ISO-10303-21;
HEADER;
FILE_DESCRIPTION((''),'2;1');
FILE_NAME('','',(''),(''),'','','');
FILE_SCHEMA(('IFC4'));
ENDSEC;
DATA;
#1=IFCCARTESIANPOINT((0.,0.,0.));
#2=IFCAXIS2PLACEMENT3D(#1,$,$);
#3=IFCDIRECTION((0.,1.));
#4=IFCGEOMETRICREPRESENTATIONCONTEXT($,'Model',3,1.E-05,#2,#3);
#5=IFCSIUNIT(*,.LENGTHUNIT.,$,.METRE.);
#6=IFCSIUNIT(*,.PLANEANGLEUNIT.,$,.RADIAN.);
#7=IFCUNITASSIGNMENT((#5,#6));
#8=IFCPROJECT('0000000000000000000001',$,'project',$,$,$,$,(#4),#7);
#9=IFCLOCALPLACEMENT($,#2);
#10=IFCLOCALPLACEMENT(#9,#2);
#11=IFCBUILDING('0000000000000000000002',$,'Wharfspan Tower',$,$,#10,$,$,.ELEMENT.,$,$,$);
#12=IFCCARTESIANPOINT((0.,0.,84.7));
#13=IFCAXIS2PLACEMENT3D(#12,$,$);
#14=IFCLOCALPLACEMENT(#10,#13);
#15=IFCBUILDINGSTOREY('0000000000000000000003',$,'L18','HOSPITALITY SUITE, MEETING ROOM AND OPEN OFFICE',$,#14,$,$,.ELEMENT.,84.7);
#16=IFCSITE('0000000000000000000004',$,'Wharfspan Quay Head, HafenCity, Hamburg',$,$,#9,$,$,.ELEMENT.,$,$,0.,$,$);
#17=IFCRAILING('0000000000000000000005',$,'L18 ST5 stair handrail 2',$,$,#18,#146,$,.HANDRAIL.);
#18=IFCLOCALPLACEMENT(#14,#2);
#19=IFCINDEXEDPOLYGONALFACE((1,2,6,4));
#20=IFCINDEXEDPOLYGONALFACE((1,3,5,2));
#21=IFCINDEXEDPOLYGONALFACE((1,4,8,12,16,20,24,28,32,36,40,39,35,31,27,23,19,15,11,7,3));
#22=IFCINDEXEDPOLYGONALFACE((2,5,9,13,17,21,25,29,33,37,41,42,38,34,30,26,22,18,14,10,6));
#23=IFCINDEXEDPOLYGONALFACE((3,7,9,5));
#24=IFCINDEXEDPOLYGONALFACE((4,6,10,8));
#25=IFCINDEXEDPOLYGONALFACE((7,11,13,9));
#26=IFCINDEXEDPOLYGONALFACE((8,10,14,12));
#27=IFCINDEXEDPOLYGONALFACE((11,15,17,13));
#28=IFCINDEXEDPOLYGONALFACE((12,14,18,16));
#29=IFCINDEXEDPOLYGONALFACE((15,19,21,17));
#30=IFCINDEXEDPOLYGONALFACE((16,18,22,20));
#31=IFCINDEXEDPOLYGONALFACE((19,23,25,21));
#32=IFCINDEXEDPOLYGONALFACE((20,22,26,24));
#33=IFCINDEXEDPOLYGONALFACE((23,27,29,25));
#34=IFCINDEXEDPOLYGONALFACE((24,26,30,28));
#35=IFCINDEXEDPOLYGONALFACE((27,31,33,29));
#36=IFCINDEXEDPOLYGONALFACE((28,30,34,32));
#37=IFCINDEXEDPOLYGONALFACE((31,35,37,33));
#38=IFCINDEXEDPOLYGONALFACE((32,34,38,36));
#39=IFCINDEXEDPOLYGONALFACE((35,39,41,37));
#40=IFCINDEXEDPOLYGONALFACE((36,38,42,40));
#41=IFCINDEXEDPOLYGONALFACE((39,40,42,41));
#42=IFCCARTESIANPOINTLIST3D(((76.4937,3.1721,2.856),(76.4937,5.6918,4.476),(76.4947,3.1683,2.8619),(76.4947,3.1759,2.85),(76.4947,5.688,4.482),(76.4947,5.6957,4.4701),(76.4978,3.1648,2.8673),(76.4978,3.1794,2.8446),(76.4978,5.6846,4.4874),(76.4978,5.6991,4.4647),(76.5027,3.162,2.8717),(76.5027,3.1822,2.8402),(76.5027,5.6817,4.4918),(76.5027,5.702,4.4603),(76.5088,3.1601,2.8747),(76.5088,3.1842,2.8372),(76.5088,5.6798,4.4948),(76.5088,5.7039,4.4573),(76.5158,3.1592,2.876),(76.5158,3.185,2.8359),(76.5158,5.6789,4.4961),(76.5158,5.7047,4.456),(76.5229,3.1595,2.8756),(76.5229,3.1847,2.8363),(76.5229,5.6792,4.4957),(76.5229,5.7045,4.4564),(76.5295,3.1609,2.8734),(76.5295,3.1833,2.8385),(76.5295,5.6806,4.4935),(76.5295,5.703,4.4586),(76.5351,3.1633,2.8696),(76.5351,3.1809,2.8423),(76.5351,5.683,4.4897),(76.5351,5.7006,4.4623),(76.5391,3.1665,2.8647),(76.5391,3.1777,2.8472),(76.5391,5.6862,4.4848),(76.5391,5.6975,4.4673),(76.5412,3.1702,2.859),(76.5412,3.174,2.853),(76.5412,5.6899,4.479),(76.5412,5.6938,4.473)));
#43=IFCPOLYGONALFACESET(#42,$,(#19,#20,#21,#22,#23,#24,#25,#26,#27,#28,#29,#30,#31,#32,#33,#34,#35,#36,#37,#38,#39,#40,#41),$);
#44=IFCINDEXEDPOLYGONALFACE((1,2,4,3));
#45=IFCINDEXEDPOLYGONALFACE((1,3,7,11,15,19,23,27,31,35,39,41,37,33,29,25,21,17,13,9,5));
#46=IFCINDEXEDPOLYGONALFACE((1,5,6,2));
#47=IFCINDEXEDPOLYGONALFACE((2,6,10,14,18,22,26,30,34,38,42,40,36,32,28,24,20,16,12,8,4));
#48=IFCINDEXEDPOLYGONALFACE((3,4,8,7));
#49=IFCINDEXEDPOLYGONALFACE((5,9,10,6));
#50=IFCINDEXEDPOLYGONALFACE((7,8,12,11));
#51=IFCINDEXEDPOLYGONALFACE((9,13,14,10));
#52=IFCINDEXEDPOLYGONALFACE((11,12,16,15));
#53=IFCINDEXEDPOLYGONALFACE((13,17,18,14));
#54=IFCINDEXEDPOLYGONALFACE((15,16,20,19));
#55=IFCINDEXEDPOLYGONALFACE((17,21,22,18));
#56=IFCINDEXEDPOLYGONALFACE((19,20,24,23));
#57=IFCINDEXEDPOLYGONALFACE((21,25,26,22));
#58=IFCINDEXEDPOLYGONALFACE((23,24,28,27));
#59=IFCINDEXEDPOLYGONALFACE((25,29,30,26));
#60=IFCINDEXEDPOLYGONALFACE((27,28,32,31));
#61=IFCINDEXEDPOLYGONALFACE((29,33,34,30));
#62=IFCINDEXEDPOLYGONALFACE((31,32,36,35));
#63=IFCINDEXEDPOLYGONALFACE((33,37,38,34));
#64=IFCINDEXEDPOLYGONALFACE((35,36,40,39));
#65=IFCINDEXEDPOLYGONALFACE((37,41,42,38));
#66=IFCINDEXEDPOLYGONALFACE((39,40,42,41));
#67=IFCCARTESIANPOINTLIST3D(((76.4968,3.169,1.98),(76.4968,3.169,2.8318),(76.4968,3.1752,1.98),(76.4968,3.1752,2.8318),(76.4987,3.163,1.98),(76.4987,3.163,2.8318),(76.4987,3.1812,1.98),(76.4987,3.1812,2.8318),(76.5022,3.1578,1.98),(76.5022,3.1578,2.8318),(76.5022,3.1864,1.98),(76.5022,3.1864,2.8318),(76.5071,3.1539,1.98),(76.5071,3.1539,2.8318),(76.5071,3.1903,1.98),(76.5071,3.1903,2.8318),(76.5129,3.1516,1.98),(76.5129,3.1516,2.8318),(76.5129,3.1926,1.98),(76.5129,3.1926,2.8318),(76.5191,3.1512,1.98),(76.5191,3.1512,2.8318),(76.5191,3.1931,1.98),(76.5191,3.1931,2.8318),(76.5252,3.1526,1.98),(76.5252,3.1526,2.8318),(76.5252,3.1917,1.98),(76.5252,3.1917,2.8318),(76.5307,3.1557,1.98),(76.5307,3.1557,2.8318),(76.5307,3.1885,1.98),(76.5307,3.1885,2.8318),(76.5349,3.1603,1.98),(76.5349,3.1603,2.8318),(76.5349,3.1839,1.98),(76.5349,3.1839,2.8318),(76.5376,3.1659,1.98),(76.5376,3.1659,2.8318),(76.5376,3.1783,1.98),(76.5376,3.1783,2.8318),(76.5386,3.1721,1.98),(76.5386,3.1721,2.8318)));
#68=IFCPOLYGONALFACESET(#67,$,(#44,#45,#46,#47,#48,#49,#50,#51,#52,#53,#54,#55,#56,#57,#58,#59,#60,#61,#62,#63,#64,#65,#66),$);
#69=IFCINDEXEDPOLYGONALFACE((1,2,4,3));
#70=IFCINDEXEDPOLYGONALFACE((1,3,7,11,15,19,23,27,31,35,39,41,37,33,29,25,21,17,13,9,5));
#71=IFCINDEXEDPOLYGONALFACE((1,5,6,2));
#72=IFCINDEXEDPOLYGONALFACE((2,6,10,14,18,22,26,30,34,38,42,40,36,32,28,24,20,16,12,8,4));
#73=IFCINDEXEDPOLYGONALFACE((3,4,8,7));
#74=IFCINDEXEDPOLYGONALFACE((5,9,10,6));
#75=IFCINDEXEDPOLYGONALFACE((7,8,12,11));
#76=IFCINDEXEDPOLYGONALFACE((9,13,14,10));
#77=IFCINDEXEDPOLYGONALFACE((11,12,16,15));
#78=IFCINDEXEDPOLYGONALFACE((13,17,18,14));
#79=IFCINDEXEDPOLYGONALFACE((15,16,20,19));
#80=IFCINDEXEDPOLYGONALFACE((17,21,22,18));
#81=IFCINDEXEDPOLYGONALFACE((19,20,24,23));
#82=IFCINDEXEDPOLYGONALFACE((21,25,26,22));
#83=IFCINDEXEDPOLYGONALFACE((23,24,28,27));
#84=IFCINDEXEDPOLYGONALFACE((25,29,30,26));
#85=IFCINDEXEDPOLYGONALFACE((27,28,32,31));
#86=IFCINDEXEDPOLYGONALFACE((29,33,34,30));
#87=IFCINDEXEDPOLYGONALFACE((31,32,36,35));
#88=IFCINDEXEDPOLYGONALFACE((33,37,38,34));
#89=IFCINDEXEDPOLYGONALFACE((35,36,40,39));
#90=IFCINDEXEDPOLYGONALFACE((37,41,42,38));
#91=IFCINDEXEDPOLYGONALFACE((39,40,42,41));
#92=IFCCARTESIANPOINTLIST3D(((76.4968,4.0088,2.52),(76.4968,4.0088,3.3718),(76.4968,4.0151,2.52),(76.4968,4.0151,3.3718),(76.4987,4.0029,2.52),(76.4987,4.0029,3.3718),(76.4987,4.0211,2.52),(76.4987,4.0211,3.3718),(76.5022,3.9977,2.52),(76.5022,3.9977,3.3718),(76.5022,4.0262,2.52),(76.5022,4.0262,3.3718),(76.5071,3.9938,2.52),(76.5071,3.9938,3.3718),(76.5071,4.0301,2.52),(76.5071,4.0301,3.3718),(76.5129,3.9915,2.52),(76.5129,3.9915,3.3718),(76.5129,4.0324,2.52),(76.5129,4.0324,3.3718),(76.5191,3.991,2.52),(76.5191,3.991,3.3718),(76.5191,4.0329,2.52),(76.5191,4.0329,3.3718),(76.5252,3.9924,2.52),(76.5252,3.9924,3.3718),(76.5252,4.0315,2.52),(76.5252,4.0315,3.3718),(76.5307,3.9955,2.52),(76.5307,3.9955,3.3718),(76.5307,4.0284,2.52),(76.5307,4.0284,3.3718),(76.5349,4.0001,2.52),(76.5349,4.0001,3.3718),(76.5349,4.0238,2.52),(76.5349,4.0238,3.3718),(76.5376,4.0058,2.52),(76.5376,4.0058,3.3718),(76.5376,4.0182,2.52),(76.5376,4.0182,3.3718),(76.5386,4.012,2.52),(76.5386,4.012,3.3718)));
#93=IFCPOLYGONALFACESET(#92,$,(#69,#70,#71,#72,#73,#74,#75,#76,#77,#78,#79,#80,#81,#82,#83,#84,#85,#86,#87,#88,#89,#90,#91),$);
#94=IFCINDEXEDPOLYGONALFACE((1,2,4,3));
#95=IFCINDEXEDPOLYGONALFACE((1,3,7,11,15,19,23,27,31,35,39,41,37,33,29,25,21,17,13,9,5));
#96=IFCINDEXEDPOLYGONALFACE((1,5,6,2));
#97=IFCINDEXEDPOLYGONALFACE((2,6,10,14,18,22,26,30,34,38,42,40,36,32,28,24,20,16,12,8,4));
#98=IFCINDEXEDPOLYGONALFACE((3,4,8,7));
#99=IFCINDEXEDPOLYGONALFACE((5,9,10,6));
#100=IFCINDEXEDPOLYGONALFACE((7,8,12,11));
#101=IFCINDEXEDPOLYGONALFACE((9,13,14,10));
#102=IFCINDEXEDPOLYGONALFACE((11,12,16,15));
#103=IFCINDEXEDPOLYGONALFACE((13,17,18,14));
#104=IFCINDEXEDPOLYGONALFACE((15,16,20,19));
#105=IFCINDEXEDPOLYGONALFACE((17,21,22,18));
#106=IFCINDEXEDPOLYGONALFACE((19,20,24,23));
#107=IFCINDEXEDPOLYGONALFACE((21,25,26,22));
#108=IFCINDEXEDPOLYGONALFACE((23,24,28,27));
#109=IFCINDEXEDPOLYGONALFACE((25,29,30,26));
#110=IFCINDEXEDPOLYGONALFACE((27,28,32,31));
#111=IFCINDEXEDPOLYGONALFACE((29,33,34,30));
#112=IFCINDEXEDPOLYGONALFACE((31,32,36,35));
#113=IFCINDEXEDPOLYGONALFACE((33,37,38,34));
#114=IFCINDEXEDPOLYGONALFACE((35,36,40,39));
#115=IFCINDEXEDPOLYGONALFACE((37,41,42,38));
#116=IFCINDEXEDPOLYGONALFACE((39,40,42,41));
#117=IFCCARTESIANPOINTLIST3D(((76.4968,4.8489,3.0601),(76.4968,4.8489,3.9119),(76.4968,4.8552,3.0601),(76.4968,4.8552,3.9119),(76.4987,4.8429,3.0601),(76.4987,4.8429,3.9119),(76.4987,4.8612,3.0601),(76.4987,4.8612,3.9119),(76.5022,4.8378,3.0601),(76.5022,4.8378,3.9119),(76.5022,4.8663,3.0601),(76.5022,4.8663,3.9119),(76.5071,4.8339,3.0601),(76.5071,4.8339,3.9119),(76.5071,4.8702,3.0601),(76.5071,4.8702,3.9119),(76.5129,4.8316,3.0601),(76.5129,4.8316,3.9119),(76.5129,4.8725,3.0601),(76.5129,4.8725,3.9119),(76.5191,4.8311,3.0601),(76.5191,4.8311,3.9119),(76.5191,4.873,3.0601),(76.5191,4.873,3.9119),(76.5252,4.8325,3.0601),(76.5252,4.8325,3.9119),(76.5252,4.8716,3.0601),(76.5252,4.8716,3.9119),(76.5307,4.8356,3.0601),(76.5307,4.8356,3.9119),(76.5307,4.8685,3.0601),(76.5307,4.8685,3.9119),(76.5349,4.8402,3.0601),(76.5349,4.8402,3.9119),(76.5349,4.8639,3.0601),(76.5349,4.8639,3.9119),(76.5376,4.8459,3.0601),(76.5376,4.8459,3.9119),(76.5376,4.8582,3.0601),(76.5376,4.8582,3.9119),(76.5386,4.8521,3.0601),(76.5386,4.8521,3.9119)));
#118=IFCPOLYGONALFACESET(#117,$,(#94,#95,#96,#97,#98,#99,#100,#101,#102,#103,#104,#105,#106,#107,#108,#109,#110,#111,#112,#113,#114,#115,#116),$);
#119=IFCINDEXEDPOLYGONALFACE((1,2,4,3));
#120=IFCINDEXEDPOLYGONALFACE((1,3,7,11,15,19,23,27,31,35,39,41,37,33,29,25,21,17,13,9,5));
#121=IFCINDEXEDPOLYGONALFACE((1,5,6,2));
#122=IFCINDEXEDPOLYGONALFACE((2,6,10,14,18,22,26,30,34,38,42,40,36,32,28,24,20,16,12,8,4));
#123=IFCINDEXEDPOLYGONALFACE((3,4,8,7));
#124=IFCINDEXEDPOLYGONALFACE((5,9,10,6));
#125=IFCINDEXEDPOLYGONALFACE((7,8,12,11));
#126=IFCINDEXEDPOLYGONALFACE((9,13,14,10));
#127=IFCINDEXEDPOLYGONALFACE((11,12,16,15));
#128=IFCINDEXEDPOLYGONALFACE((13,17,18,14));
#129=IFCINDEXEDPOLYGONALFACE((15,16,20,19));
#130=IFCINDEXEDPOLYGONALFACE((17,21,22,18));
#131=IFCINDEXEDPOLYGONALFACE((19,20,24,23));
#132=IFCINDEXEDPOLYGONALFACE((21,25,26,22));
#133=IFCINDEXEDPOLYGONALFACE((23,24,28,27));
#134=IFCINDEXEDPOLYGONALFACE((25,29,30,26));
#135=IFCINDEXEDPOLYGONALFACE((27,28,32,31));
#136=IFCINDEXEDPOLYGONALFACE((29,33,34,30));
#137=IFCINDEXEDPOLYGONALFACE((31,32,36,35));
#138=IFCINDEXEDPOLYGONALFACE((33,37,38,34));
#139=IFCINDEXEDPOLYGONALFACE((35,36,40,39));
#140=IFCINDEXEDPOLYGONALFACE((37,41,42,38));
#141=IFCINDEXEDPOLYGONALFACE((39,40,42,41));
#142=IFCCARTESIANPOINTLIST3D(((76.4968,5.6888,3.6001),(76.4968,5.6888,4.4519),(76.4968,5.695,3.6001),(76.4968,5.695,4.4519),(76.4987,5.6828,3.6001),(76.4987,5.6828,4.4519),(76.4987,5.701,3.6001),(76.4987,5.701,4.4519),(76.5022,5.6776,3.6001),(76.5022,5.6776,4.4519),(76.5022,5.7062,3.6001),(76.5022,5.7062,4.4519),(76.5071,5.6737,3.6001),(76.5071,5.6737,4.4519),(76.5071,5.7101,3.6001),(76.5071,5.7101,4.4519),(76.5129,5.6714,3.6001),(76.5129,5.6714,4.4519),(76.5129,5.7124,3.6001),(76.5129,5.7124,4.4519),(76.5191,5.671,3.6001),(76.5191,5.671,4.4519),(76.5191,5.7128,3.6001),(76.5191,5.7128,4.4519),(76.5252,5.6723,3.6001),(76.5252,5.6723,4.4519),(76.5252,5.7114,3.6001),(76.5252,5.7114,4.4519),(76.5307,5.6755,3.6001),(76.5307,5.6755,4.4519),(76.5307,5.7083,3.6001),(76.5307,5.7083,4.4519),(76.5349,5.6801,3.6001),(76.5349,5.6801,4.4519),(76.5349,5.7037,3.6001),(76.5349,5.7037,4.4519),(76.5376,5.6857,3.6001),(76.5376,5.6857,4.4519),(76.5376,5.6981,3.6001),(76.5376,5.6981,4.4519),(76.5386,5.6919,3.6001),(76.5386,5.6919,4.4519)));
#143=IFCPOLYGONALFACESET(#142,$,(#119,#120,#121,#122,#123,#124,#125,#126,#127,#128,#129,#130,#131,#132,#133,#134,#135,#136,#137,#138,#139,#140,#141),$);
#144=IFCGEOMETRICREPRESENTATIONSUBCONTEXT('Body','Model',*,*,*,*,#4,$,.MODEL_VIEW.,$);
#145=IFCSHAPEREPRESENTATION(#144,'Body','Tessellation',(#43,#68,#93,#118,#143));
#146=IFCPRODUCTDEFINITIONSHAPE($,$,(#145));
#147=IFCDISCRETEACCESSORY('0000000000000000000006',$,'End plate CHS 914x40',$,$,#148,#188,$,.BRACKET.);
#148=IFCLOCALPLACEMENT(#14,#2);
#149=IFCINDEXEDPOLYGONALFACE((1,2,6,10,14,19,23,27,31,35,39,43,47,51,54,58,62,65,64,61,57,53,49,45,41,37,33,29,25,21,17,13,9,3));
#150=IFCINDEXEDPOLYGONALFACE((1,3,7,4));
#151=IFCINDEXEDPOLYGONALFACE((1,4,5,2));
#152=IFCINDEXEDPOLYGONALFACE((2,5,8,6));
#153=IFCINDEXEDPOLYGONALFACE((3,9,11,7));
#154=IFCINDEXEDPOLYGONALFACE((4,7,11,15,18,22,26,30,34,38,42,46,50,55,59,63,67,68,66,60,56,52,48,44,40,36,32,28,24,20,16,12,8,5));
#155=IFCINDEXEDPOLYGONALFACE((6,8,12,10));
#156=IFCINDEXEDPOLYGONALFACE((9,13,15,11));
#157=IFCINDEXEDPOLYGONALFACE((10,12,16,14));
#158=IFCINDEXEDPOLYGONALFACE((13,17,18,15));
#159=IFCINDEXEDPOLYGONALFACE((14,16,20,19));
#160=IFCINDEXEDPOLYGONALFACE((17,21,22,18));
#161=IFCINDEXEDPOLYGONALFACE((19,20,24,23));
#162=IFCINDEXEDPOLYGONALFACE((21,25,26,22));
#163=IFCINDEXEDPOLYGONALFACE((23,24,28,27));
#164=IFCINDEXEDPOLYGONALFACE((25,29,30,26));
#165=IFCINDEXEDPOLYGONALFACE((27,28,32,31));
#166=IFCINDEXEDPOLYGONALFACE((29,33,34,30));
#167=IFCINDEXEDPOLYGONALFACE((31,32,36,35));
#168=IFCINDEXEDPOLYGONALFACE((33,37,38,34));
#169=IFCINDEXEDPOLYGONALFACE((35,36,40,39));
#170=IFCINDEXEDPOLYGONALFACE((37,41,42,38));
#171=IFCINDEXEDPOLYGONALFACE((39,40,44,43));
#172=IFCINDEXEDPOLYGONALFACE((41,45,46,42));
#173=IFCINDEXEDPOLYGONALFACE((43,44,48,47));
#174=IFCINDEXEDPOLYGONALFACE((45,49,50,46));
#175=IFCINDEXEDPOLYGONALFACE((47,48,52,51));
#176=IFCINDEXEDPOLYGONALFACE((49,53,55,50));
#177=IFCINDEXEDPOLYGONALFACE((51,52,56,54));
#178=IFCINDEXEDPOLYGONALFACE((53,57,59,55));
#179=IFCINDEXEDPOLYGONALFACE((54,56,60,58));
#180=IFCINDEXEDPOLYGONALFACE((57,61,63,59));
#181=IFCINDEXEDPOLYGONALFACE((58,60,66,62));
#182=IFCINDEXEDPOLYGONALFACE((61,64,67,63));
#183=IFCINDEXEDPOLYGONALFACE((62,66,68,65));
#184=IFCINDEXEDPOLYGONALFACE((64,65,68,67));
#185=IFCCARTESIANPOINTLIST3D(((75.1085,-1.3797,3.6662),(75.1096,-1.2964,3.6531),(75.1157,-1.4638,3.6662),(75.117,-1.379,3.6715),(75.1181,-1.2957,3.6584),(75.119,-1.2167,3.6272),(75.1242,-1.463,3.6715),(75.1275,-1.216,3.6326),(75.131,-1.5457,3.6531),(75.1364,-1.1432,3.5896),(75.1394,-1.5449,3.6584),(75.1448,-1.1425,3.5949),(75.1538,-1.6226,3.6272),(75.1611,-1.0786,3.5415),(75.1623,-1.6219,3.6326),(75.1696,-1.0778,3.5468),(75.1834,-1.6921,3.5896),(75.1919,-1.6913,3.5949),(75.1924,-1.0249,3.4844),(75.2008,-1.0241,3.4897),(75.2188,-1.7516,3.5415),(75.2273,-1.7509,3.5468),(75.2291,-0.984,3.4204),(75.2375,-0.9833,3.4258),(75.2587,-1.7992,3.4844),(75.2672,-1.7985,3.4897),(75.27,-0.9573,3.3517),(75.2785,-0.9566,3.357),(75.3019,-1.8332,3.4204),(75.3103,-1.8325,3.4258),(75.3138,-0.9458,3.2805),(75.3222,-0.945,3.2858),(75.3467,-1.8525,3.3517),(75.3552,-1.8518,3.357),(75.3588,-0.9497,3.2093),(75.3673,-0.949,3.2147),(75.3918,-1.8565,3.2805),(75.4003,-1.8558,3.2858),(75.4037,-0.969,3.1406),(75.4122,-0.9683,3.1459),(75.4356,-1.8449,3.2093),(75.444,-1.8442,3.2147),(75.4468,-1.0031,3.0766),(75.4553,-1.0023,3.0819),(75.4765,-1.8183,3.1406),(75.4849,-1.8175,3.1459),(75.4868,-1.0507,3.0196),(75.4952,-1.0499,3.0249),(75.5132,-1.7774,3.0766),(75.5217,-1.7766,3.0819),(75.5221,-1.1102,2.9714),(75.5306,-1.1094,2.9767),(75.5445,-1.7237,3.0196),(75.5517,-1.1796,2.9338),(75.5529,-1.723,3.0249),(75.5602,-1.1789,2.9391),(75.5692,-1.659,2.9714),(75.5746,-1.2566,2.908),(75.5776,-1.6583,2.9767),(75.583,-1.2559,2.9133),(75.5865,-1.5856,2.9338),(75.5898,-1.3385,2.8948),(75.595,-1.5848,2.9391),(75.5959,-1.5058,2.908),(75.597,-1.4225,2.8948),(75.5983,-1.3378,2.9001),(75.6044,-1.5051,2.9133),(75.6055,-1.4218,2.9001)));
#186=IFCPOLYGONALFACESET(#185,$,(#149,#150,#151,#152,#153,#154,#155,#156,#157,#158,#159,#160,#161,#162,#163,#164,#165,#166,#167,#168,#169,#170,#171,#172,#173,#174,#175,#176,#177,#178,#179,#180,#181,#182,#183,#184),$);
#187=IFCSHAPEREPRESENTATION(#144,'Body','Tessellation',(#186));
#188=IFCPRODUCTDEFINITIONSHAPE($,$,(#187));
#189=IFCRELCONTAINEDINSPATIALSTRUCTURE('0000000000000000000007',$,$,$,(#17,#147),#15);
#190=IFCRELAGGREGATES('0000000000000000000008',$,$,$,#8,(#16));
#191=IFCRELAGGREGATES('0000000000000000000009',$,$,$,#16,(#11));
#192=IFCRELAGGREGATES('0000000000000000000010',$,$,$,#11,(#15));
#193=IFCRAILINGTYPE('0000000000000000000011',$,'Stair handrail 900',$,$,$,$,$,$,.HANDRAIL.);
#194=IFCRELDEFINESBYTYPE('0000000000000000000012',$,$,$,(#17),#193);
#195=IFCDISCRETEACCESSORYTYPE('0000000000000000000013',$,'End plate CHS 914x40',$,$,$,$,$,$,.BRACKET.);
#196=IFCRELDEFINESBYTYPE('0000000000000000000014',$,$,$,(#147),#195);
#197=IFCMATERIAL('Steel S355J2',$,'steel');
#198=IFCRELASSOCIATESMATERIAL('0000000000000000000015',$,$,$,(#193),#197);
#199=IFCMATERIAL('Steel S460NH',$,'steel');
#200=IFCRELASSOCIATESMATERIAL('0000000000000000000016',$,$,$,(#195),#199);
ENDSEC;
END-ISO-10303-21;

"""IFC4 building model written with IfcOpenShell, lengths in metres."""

from ifc_helpers import new_model, si_unit, direction, frame, origin, origin_2d, place, context, subcontext, project, spatial, circle, extrude, material, material_profile, profile_set, type_object, element, save


model = new_model("IFC4")

# Units and contexts
model_context = context("Model", 3, precision=1e-05, world=origin(), true_north=direction((0.0, 1.0)))
body_context = subcontext(model_context, "Body", "Model", "MODEL_VIEW")
ifc_project = project(units=[si_unit("LENGTHUNIT", "METRE"), si_unit("PLANEANGLEUNIT", "RADIAN")], contexts=[model_context])

# Site, building, storey
site_placement = place(None, origin())
site = spatial("IfcSite", under=ifc_project, at=site_placement, Name="Wharfspan Quay Head, HafenCity, Hamburg", CompositionType="ELEMENT", RefElevation=0.0)
building_placement = place(site_placement, origin())
building = spatial("IfcBuilding", under=site, at=building_placement, Name="Wharfspan Tower", CompositionType="ELEMENT")
storey_placement = place(building_placement, frame((0.0, 0.0, 84.7)))
storey = spatial("IfcBuildingStorey", under=building, at=storey_placement, Name="L18", Description="HOSPITALITY SUITE, MEETING ROOM AND OPEN OFFICE", CompositionType="ELEMENT", Elevation=84.7)

# Shared definitions
ifc_material_1 = material(Name="Steel S355J2", Category="steel")

# Shared definitions
ifc_material_2 = material(Name="Steel S460NH", Category="steel")

# Railing
railing_type_1 = type_object("IfcRailingType", Name="Stair handrail 900", PredefinedType="HANDRAIL", material=ifc_material_1)
railing_1_placement = place(storey_placement, frame((76.5176, 3.1721, 1.98)))
element("IfcRailing", 1, at=railing_1_placement, inside=storey, type_object=railing_type_1, Name="L18 ST5 stair handrail 2", PredefinedType="HANDRAIL", context=body_context, shape_type="SweptSolid", body=[
    extrude(circle(Radius=0.0239, at=origin_2d()), frame((0.0, 0.0, 0.876), z_axis=(0.0, 0.841139, 0.540819), x_axis=(-1.0, 0.0, 0.0)), (0.0, 0.0, 1.0), 2.9956),
    extrude(circle(Radius=0.021, at=origin_2d()), origin(), (0.0, 0.0, 1.0), 0.8518),
    extrude(circle(Radius=0.021, at=origin_2d()), frame((0.0, 0.8398, 0.54)), (0.0, 0.0, 1.0), 0.8518),
    extrude(circle(Radius=0.021, at=origin_2d()), frame((0.0, 1.6799, 1.0801)), (0.0, 0.0, 1.0), 0.8518),
    extrude(circle(Radius=0.021, at=origin_2d()), frame((0.0, 2.5198, 1.6201)), (0.0, 0.0, 1.0), 0.8518),
])

# Discrete accessory
ifc_material_profile_1 = material_profile(ifc_material_2, circle(Radius=0.457, at=origin_2d()))
ifc_profile_set_1 = profile_set([ifc_material_profile_1], Name="Steel S460NH")
discrete_accessory_type = type_object("IfcDiscreteAccessoryType", Name="End plate CHS 914x40", PredefinedType="BRACKET", material=ifc_profile_set_1)
for number, where, z_axis, x_axis, name in (
    (2, (75.3528, -1.4011, 3.2805), (0.844416, 0.072379, 0.530776), (-0.085402, 0.99635, 0.0), "End plate CHS 914x40"),
):
    element("IfcDiscreteAccessory", number, at=place(storey_placement, frame(where, z_axis=z_axis, x_axis=x_axis)), inside=storey, type_object=discrete_accessory_type, Name=name, PredefinedType="BRACKET", context=body_context, shape_type="SweptSolid", body=[
        extrude(circle(Radius=0.457, at=origin_2d()), origin(), (0.0, 0.0, 1.0), 0.01),
    ])

save(model, "model.ifc")
